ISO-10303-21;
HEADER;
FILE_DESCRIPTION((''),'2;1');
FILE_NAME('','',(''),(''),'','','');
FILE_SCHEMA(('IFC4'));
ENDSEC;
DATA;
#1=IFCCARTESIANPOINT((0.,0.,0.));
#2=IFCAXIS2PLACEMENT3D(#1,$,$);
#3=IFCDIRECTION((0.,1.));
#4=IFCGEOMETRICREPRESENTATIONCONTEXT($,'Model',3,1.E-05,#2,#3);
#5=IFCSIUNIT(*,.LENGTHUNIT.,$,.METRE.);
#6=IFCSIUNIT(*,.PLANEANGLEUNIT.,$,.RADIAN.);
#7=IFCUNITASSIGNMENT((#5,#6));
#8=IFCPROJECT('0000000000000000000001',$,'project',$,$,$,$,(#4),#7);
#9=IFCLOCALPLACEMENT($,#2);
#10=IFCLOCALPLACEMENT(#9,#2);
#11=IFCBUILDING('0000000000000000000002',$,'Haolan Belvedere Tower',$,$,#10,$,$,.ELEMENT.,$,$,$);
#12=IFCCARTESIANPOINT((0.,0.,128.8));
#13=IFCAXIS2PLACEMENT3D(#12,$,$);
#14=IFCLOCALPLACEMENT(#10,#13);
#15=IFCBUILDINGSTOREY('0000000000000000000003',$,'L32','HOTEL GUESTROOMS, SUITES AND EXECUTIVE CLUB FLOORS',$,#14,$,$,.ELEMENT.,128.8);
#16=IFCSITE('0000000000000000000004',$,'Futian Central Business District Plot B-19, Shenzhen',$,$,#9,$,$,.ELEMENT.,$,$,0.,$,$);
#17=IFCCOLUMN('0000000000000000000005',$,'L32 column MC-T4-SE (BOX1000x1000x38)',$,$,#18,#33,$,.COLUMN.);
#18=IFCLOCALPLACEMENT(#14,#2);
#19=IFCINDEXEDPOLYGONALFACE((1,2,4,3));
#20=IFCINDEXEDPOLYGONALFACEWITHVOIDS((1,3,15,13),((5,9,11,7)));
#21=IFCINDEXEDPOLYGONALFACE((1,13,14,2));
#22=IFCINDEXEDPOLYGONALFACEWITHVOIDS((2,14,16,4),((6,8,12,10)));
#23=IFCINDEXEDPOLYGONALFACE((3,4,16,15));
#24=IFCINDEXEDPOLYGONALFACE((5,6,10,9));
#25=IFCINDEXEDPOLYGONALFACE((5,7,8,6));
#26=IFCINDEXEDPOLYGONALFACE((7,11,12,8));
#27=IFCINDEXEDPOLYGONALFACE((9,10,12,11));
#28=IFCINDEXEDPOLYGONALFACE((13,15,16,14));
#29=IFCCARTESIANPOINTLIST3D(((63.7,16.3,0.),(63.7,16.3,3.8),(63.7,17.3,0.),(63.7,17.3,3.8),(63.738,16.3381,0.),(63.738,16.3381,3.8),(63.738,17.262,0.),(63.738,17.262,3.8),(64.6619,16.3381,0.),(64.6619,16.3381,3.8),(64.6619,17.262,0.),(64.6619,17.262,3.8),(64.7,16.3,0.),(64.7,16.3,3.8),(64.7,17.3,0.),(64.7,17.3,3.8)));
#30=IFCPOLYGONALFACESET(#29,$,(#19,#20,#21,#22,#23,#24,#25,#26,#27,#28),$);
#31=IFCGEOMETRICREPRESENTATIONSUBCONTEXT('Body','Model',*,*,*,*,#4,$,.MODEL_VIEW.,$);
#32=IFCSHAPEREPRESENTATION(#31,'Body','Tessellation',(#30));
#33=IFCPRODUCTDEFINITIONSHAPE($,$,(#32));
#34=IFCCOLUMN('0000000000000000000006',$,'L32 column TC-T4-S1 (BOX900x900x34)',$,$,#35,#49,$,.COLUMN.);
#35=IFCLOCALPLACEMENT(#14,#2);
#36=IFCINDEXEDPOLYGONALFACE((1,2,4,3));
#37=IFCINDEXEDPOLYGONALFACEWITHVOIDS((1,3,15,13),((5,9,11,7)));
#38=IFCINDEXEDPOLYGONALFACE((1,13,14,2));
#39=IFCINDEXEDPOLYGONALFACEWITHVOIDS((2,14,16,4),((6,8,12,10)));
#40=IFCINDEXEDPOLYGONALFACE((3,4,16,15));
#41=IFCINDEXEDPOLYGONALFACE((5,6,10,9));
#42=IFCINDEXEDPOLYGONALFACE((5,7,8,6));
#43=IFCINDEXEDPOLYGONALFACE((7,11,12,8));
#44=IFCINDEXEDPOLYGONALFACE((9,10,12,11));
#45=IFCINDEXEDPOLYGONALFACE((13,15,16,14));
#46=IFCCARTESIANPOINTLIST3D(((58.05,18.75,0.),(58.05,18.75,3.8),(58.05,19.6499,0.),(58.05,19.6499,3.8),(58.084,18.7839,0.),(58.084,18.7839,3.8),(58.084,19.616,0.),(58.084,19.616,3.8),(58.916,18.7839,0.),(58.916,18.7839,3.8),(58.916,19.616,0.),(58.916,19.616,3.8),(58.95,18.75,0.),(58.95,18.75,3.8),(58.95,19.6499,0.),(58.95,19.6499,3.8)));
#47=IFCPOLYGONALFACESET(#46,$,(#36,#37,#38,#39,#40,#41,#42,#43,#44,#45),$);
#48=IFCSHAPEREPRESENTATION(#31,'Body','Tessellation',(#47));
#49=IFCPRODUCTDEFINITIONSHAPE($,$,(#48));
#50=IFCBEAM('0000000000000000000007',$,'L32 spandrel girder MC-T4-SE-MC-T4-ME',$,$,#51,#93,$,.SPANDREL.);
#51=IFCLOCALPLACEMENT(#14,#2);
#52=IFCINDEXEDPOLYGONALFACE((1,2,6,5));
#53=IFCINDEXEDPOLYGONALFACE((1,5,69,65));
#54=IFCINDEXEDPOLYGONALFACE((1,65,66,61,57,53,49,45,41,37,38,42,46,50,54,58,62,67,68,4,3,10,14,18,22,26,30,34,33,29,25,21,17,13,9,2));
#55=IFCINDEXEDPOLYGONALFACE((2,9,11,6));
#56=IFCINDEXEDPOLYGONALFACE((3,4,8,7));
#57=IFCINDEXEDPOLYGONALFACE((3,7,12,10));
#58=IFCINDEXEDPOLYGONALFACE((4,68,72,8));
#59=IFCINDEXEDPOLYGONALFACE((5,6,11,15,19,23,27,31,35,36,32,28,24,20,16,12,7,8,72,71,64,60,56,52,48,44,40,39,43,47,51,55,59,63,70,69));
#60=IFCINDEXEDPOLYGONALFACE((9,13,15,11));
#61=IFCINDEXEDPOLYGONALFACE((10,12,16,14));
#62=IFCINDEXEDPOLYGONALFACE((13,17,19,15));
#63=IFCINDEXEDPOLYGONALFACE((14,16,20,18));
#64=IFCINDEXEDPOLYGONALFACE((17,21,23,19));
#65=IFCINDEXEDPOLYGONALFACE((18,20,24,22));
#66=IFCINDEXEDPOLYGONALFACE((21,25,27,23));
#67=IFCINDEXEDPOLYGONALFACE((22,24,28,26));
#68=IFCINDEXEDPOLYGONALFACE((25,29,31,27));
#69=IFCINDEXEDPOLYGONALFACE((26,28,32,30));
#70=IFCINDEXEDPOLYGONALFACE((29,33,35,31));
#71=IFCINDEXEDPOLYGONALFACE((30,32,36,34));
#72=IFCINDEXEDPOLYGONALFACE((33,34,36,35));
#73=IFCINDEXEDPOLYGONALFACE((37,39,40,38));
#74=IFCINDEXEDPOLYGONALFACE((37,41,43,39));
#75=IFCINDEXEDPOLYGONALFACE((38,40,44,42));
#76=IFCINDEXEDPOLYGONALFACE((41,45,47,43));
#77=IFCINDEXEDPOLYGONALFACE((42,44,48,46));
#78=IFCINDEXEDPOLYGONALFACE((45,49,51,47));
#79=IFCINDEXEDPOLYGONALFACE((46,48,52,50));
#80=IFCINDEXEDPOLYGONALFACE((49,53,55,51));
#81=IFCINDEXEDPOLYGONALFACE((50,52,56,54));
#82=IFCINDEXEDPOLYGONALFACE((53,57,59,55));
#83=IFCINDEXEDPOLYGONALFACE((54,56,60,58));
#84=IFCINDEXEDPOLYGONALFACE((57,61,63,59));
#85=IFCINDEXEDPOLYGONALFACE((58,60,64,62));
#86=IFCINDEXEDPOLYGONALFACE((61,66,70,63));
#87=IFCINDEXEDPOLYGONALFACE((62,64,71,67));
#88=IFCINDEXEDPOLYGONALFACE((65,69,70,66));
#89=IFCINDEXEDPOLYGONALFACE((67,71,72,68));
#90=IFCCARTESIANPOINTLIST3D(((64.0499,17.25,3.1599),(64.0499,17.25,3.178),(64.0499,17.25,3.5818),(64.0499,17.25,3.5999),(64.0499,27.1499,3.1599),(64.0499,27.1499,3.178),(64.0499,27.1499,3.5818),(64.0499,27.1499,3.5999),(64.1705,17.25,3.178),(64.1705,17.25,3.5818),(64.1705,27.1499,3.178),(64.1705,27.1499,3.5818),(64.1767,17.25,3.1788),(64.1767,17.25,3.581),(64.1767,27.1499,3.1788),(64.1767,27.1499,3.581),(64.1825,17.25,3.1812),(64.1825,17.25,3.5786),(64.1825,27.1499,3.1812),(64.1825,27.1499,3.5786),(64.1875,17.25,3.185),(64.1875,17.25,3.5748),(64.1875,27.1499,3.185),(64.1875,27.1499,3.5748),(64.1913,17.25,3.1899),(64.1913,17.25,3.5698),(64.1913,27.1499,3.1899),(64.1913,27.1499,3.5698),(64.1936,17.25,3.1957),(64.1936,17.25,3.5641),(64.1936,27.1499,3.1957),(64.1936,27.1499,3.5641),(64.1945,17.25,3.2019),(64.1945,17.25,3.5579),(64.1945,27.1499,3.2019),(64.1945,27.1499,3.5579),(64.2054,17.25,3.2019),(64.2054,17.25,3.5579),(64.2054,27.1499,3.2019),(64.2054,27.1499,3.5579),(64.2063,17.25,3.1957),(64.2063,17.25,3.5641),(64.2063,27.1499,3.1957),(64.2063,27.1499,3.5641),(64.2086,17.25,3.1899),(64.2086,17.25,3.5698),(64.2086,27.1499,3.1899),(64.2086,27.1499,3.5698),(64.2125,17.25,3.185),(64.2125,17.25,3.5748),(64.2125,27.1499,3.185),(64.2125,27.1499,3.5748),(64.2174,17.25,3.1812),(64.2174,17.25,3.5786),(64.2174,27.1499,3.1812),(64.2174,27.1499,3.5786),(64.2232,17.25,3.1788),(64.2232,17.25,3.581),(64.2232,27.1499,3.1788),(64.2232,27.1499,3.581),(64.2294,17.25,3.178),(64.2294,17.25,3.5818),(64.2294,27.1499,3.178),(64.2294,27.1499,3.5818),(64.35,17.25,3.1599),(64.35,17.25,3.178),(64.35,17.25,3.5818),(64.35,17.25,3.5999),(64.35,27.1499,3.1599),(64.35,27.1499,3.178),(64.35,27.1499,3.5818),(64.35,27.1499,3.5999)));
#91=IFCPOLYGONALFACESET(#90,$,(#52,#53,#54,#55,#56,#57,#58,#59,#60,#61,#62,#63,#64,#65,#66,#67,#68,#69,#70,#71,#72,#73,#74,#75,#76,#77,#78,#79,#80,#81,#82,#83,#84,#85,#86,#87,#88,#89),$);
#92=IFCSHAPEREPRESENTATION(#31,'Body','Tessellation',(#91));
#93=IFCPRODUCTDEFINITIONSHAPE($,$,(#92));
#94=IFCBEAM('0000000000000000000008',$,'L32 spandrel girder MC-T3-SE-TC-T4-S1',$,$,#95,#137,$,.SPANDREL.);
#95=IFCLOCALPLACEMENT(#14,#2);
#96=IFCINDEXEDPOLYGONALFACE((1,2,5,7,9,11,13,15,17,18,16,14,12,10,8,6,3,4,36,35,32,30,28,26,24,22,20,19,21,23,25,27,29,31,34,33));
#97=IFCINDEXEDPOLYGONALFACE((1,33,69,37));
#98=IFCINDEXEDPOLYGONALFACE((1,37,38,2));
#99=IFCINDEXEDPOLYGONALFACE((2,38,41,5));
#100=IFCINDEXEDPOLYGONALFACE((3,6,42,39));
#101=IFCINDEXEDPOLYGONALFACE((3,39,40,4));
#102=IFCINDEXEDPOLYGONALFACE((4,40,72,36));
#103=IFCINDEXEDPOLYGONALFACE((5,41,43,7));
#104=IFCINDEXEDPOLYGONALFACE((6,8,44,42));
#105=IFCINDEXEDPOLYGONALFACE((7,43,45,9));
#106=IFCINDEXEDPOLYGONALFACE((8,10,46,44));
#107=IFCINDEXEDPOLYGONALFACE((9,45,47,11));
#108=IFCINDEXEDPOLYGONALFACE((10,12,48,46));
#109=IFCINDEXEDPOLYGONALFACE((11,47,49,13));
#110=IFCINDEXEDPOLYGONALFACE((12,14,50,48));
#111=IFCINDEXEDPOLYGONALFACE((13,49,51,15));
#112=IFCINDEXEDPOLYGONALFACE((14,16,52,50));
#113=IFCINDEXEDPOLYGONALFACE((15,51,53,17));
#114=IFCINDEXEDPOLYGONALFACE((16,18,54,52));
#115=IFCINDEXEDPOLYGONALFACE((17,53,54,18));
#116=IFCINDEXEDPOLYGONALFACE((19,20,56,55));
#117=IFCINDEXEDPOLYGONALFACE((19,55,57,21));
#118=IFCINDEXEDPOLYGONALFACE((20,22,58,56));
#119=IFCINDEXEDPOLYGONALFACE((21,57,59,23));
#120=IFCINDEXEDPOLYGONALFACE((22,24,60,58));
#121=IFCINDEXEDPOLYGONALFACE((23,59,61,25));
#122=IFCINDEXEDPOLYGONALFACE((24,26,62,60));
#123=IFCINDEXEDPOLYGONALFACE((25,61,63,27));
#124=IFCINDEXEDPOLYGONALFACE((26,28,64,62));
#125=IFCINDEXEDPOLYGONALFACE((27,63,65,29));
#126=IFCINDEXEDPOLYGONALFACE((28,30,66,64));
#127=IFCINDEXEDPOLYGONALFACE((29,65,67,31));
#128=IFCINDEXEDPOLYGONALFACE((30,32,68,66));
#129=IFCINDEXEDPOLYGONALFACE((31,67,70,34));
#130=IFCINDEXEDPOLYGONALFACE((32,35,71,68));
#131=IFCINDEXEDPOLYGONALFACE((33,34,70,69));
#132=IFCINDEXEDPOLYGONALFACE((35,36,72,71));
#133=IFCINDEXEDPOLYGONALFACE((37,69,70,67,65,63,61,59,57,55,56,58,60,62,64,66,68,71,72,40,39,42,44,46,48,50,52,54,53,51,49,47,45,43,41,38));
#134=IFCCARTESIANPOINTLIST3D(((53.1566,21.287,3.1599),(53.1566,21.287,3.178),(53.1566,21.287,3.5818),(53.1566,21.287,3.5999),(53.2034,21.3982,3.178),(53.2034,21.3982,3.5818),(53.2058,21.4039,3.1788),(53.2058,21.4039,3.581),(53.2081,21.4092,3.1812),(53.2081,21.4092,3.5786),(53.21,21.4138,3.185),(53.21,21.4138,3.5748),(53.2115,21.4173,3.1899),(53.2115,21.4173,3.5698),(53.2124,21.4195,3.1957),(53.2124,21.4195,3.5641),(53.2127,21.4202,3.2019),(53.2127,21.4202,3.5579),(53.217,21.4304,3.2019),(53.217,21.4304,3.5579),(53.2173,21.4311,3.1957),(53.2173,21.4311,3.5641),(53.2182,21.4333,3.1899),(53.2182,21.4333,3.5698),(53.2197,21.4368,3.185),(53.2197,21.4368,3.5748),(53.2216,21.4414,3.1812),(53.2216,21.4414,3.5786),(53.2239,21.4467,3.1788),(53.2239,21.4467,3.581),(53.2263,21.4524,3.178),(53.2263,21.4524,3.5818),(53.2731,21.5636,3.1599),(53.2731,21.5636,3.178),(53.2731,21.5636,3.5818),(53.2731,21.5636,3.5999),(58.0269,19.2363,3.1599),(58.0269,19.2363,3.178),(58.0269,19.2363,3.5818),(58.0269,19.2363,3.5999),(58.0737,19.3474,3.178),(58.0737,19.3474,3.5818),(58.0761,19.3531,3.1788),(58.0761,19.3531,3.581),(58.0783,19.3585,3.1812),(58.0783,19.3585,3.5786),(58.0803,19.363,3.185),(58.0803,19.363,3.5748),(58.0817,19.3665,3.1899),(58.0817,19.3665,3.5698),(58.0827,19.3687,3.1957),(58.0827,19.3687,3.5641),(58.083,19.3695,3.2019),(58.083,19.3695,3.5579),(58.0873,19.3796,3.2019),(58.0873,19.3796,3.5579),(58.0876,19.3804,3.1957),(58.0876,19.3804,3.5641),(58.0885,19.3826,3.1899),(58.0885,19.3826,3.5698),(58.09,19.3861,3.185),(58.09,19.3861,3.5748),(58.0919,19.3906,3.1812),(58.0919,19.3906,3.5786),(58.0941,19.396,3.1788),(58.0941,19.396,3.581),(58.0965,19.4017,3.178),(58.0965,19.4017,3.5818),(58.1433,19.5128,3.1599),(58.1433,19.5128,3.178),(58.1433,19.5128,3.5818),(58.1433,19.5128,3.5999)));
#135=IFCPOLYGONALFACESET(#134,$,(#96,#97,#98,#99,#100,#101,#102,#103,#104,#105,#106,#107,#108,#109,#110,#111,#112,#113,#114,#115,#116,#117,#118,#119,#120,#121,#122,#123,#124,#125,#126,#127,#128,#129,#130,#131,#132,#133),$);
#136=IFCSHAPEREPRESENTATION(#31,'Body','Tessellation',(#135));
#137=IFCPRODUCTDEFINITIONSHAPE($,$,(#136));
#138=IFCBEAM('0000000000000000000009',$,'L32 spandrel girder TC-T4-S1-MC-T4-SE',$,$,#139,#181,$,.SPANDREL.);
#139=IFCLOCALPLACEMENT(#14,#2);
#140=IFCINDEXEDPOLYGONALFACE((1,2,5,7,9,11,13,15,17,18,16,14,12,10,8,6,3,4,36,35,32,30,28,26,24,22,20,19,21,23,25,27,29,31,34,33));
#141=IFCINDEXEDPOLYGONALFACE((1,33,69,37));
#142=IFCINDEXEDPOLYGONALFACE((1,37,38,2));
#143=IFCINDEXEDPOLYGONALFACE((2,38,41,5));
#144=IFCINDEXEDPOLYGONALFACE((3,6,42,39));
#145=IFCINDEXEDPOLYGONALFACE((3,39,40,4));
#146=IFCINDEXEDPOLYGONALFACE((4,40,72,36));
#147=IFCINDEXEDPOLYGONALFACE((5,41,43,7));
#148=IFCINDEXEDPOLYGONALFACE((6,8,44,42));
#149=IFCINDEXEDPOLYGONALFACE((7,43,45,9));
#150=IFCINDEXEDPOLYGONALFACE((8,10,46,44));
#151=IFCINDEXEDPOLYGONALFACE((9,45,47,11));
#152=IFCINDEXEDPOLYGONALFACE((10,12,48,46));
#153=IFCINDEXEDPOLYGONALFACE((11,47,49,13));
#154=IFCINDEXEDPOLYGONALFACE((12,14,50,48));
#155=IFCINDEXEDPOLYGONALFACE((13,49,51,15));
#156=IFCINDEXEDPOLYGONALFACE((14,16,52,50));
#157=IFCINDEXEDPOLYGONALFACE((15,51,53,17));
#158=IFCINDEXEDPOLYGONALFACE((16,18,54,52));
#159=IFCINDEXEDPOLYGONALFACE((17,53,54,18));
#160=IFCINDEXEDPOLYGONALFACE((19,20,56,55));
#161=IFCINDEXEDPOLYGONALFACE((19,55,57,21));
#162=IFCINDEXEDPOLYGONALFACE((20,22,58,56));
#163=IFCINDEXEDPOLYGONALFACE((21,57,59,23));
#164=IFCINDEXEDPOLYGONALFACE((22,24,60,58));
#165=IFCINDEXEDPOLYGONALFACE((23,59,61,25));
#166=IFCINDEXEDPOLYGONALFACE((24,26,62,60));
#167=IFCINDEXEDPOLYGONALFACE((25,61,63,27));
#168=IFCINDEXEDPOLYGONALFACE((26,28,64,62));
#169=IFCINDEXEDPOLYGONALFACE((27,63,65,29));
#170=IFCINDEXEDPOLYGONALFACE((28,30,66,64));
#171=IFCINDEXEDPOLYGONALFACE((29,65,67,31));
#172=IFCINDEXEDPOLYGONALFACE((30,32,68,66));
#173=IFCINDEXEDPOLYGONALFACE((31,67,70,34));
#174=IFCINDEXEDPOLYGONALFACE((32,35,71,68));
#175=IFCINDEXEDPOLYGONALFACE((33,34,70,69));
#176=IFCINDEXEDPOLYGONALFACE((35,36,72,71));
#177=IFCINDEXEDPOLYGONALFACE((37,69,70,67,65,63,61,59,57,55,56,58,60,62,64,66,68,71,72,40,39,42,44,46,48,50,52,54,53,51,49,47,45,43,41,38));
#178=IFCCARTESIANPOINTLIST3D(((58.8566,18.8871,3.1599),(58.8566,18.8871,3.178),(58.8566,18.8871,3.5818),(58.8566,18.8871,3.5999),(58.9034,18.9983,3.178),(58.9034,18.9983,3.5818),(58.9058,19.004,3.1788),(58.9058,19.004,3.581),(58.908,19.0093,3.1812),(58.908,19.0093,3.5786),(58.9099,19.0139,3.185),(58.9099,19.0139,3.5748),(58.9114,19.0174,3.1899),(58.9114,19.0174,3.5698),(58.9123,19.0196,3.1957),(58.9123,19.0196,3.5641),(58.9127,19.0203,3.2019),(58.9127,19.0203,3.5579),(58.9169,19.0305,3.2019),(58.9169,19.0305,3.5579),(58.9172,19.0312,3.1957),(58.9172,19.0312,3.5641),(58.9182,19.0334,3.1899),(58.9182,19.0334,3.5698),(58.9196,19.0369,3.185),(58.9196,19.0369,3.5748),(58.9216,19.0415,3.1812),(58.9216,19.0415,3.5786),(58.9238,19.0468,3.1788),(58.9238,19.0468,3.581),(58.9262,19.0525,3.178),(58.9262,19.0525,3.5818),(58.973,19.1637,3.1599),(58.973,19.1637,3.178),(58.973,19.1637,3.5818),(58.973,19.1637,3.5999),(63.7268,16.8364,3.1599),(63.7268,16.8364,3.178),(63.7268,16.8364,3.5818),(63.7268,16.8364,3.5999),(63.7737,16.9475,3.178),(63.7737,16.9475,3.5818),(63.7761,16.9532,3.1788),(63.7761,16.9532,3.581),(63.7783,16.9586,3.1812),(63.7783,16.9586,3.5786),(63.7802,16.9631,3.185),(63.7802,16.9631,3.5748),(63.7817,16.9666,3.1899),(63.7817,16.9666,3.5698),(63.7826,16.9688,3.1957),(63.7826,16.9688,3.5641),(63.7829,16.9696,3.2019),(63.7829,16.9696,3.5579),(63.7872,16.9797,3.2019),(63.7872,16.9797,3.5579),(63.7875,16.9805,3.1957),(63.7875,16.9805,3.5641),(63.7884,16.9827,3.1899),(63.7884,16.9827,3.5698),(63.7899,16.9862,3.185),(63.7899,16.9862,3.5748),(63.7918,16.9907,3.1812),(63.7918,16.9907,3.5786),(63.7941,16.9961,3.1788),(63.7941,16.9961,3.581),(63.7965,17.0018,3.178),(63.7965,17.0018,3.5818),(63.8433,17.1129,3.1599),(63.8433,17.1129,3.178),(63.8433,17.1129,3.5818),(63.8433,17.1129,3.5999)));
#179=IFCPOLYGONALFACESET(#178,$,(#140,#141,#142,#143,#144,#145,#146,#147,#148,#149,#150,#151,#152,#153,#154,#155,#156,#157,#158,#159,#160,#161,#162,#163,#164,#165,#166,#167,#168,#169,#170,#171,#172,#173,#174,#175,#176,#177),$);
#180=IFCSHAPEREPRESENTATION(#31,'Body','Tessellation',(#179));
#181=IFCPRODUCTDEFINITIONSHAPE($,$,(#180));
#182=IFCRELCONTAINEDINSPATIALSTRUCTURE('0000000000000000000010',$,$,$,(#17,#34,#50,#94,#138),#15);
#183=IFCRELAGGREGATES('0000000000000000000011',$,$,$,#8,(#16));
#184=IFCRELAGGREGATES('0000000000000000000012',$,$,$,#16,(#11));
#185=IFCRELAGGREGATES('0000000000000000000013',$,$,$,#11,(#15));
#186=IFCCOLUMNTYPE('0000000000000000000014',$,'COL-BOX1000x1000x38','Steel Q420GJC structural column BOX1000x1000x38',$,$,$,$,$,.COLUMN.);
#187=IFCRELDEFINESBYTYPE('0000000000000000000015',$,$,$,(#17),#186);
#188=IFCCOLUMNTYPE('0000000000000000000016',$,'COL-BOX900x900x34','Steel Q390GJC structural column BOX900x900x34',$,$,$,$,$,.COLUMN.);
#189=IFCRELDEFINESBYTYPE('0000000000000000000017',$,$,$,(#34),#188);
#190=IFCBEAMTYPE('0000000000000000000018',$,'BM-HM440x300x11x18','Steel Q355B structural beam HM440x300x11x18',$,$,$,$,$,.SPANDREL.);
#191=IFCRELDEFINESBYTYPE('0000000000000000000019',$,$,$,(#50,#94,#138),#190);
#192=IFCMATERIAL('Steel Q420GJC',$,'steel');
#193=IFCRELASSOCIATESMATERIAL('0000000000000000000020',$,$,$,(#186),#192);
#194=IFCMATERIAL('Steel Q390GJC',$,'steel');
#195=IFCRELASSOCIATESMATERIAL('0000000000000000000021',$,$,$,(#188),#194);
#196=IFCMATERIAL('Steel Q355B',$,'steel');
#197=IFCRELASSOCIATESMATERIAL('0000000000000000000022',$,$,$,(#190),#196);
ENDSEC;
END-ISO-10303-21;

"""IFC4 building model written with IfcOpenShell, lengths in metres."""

from ifc_helpers import new_model, si_unit, direction, frame, origin, origin_2d, place, context, subcontext, project, spatial, hollow_rectangle, i_section, extrude, material, material_profile, profile_set, type_object, element, save


model = new_model("IFC4")

# Units and contexts
model_context = context("Model", 3, precision=1e-05, world=origin(), true_north=direction((0.0, 1.0)))
body_context = subcontext(model_context, "Body", "Model", "MODEL_VIEW")
ifc_project = project(units=[si_unit("LENGTHUNIT", "METRE"), si_unit("PLANEANGLEUNIT", "RADIAN")], contexts=[model_context])

# Site, building, storey
site_placement = place(None, origin())
site = spatial("IfcSite", under=ifc_project, at=site_placement, Name="Futian Central Business District Plot B-19, Shenzhen", CompositionType="ELEMENT", RefElevation=0.0)
building_placement = place(site_placement, origin())
building = spatial("IfcBuilding", under=site, at=building_placement, Name="Haolan Belvedere Tower", CompositionType="ELEMENT")
storey_placement = place(building_placement, frame((0.0, 0.0, 128.8)))
storey = spatial("IfcBuildingStorey", under=building, at=storey_placement, Name="L32", Description="HOTEL GUESTROOMS, SUITES AND EXECUTIVE CLUB FLOORS", CompositionType="ELEMENT", Elevation=128.8)

# Columns
ifc_material_1 = material(Name="Steel Q420GJC", Category="steel")
ifc_material_profile_1 = material_profile(ifc_material_1, hollow_rectangle(XDim=1.0, YDim=1.0, WallThickness=0.0381, at=origin_2d()), Name="Steel Q420GJC")
ifc_profile_set_1 = profile_set([ifc_material_profile_1], Name="Steel Q420GJC")
column_type_1 = type_object("IfcColumnType", Name="COL-BOX1000x1000x38", Description="Steel Q420GJC structural column BOX1000x1000x38", PredefinedType="COLUMN", material=ifc_profile_set_1)
column_1_placement = place(storey_placement, frame((64.2, 16.8, 0.0), z_axis=(0.0, 0.0, 1.0), x_axis=(1.0, 0.0, 0.0)))
element("IfcColumn", 1, at=column_1_placement, inside=storey, type_object=column_type_1, Name="L32 column MC-T4-SE (BOX1000x1000x38)", PredefinedType="COLUMN", context=body_context, shape_type="SweptSolid", body=[
    extrude(hollow_rectangle(XDim=1.0, YDim=1.0, WallThickness=0.0381, at=origin_2d()), origin(), (0.0, 0.0, 1.0), 3.8),
])
ifc_material_2 = material(Name="Steel Q390GJC", Category="steel")
ifc_material_profile_2 = material_profile(ifc_material_2, hollow_rectangle(XDim=0.8999, YDim=0.8999, WallThickness=0.0339, at=origin_2d()), Name="Steel Q390GJC")
ifc_profile_set_2 = profile_set([ifc_material_profile_2], Name="Steel Q390GJC")
column_type_2 = type_object("IfcColumnType", Name="COL-BOX900x900x34", Description="Steel Q390GJC structural column BOX900x900x34", PredefinedType="COLUMN", material=ifc_profile_set_2)
column_2_placement = place(storey_placement, frame((58.5, 19.2, 0.0), z_axis=(0.0, 0.0, 1.0), x_axis=(1.0, 0.0, 0.0)))
element("IfcColumn", 2, at=column_2_placement, inside=storey, type_object=column_type_2, Name="L32 column TC-T4-S1 (BOX900x900x34)", PredefinedType="COLUMN", context=body_context, shape_type="SweptSolid", body=[
    extrude(hollow_rectangle(XDim=0.8999, YDim=0.8999, WallThickness=0.0339, at=origin_2d()), origin(), (0.0, 0.0, 1.0), 3.8),
])

# Beams
ifc_material_3 = material(Name="Steel Q355B", Category="steel")
ifc_material_profile_3 = material_profile(ifc_material_3, i_section(OverallWidth=0.3, OverallDepth=0.4399, WebThickness=0.011, FlangeThickness=0.0181, FilletRadius=0.0239, at=origin_2d()), Name="Steel Q355B")
ifc_profile_set_3 = profile_set([ifc_material_profile_3], Name="Steel Q355B")
beam_type_1 = type_object("IfcBeamType", Name="BM-HM440x300x11x18", Description="Steel Q355B structural beam HM440x300x11x18", PredefinedType="SPANDREL", material=ifc_profile_set_3)
beam_1_placement = place(storey_placement, frame((64.2, 17.25, 3.3799), z_axis=(0.0, 1.0, 0.0), x_axis=(-1.0, 0.0, 0.0)))
element("IfcBeam", 3, at=beam_1_placement, inside=storey, type_object=beam_type_1, Name="L32 spandrel girder MC-T4-SE-MC-T4-ME", PredefinedType="SPANDREL", context=body_context, shape_type="SweptSolid", body=[
    extrude(i_section(OverallWidth=0.3, OverallDepth=0.4399, WebThickness=0.011, FlangeThickness=0.0181, FilletRadius=0.0239, at=origin_2d()), origin(), (0.0, 0.0, 1.0), 9.8999),
])
for number, where, z_axis, x_axis, name in (
    (4, (53.2148, 21.4253, 3.3799), (0.921628, -0.388074, 0.0), (0.388074, 0.921628, 0.0), "L32 spandrel girder MC-T3-SE-TC-T4-S1"),
    (5, (58.9148, 19.0254, 3.3799), (0.921628, -0.388074, 0.0), (0.388074, 0.921628, 0.0), "L32 spandrel girder TC-T4-S1-MC-T4-SE"),
):
    element("IfcBeam", number, at=place(storey_placement, frame(where, z_axis=z_axis, x_axis=x_axis)), inside=storey, type_object=beam_type_1, Name=name, PredefinedType="SPANDREL", context=body_context, shape_type="SweptSolid", body=[
        extrude(i_section(OverallWidth=0.3, OverallDepth=0.4399, WebThickness=0.011, FlangeThickness=0.0181, FilletRadius=0.0239, at=origin_2d()), origin(), (0.0, 0.0, 1.0), 5.2844),
    ])

save(model, "model.ifc")
